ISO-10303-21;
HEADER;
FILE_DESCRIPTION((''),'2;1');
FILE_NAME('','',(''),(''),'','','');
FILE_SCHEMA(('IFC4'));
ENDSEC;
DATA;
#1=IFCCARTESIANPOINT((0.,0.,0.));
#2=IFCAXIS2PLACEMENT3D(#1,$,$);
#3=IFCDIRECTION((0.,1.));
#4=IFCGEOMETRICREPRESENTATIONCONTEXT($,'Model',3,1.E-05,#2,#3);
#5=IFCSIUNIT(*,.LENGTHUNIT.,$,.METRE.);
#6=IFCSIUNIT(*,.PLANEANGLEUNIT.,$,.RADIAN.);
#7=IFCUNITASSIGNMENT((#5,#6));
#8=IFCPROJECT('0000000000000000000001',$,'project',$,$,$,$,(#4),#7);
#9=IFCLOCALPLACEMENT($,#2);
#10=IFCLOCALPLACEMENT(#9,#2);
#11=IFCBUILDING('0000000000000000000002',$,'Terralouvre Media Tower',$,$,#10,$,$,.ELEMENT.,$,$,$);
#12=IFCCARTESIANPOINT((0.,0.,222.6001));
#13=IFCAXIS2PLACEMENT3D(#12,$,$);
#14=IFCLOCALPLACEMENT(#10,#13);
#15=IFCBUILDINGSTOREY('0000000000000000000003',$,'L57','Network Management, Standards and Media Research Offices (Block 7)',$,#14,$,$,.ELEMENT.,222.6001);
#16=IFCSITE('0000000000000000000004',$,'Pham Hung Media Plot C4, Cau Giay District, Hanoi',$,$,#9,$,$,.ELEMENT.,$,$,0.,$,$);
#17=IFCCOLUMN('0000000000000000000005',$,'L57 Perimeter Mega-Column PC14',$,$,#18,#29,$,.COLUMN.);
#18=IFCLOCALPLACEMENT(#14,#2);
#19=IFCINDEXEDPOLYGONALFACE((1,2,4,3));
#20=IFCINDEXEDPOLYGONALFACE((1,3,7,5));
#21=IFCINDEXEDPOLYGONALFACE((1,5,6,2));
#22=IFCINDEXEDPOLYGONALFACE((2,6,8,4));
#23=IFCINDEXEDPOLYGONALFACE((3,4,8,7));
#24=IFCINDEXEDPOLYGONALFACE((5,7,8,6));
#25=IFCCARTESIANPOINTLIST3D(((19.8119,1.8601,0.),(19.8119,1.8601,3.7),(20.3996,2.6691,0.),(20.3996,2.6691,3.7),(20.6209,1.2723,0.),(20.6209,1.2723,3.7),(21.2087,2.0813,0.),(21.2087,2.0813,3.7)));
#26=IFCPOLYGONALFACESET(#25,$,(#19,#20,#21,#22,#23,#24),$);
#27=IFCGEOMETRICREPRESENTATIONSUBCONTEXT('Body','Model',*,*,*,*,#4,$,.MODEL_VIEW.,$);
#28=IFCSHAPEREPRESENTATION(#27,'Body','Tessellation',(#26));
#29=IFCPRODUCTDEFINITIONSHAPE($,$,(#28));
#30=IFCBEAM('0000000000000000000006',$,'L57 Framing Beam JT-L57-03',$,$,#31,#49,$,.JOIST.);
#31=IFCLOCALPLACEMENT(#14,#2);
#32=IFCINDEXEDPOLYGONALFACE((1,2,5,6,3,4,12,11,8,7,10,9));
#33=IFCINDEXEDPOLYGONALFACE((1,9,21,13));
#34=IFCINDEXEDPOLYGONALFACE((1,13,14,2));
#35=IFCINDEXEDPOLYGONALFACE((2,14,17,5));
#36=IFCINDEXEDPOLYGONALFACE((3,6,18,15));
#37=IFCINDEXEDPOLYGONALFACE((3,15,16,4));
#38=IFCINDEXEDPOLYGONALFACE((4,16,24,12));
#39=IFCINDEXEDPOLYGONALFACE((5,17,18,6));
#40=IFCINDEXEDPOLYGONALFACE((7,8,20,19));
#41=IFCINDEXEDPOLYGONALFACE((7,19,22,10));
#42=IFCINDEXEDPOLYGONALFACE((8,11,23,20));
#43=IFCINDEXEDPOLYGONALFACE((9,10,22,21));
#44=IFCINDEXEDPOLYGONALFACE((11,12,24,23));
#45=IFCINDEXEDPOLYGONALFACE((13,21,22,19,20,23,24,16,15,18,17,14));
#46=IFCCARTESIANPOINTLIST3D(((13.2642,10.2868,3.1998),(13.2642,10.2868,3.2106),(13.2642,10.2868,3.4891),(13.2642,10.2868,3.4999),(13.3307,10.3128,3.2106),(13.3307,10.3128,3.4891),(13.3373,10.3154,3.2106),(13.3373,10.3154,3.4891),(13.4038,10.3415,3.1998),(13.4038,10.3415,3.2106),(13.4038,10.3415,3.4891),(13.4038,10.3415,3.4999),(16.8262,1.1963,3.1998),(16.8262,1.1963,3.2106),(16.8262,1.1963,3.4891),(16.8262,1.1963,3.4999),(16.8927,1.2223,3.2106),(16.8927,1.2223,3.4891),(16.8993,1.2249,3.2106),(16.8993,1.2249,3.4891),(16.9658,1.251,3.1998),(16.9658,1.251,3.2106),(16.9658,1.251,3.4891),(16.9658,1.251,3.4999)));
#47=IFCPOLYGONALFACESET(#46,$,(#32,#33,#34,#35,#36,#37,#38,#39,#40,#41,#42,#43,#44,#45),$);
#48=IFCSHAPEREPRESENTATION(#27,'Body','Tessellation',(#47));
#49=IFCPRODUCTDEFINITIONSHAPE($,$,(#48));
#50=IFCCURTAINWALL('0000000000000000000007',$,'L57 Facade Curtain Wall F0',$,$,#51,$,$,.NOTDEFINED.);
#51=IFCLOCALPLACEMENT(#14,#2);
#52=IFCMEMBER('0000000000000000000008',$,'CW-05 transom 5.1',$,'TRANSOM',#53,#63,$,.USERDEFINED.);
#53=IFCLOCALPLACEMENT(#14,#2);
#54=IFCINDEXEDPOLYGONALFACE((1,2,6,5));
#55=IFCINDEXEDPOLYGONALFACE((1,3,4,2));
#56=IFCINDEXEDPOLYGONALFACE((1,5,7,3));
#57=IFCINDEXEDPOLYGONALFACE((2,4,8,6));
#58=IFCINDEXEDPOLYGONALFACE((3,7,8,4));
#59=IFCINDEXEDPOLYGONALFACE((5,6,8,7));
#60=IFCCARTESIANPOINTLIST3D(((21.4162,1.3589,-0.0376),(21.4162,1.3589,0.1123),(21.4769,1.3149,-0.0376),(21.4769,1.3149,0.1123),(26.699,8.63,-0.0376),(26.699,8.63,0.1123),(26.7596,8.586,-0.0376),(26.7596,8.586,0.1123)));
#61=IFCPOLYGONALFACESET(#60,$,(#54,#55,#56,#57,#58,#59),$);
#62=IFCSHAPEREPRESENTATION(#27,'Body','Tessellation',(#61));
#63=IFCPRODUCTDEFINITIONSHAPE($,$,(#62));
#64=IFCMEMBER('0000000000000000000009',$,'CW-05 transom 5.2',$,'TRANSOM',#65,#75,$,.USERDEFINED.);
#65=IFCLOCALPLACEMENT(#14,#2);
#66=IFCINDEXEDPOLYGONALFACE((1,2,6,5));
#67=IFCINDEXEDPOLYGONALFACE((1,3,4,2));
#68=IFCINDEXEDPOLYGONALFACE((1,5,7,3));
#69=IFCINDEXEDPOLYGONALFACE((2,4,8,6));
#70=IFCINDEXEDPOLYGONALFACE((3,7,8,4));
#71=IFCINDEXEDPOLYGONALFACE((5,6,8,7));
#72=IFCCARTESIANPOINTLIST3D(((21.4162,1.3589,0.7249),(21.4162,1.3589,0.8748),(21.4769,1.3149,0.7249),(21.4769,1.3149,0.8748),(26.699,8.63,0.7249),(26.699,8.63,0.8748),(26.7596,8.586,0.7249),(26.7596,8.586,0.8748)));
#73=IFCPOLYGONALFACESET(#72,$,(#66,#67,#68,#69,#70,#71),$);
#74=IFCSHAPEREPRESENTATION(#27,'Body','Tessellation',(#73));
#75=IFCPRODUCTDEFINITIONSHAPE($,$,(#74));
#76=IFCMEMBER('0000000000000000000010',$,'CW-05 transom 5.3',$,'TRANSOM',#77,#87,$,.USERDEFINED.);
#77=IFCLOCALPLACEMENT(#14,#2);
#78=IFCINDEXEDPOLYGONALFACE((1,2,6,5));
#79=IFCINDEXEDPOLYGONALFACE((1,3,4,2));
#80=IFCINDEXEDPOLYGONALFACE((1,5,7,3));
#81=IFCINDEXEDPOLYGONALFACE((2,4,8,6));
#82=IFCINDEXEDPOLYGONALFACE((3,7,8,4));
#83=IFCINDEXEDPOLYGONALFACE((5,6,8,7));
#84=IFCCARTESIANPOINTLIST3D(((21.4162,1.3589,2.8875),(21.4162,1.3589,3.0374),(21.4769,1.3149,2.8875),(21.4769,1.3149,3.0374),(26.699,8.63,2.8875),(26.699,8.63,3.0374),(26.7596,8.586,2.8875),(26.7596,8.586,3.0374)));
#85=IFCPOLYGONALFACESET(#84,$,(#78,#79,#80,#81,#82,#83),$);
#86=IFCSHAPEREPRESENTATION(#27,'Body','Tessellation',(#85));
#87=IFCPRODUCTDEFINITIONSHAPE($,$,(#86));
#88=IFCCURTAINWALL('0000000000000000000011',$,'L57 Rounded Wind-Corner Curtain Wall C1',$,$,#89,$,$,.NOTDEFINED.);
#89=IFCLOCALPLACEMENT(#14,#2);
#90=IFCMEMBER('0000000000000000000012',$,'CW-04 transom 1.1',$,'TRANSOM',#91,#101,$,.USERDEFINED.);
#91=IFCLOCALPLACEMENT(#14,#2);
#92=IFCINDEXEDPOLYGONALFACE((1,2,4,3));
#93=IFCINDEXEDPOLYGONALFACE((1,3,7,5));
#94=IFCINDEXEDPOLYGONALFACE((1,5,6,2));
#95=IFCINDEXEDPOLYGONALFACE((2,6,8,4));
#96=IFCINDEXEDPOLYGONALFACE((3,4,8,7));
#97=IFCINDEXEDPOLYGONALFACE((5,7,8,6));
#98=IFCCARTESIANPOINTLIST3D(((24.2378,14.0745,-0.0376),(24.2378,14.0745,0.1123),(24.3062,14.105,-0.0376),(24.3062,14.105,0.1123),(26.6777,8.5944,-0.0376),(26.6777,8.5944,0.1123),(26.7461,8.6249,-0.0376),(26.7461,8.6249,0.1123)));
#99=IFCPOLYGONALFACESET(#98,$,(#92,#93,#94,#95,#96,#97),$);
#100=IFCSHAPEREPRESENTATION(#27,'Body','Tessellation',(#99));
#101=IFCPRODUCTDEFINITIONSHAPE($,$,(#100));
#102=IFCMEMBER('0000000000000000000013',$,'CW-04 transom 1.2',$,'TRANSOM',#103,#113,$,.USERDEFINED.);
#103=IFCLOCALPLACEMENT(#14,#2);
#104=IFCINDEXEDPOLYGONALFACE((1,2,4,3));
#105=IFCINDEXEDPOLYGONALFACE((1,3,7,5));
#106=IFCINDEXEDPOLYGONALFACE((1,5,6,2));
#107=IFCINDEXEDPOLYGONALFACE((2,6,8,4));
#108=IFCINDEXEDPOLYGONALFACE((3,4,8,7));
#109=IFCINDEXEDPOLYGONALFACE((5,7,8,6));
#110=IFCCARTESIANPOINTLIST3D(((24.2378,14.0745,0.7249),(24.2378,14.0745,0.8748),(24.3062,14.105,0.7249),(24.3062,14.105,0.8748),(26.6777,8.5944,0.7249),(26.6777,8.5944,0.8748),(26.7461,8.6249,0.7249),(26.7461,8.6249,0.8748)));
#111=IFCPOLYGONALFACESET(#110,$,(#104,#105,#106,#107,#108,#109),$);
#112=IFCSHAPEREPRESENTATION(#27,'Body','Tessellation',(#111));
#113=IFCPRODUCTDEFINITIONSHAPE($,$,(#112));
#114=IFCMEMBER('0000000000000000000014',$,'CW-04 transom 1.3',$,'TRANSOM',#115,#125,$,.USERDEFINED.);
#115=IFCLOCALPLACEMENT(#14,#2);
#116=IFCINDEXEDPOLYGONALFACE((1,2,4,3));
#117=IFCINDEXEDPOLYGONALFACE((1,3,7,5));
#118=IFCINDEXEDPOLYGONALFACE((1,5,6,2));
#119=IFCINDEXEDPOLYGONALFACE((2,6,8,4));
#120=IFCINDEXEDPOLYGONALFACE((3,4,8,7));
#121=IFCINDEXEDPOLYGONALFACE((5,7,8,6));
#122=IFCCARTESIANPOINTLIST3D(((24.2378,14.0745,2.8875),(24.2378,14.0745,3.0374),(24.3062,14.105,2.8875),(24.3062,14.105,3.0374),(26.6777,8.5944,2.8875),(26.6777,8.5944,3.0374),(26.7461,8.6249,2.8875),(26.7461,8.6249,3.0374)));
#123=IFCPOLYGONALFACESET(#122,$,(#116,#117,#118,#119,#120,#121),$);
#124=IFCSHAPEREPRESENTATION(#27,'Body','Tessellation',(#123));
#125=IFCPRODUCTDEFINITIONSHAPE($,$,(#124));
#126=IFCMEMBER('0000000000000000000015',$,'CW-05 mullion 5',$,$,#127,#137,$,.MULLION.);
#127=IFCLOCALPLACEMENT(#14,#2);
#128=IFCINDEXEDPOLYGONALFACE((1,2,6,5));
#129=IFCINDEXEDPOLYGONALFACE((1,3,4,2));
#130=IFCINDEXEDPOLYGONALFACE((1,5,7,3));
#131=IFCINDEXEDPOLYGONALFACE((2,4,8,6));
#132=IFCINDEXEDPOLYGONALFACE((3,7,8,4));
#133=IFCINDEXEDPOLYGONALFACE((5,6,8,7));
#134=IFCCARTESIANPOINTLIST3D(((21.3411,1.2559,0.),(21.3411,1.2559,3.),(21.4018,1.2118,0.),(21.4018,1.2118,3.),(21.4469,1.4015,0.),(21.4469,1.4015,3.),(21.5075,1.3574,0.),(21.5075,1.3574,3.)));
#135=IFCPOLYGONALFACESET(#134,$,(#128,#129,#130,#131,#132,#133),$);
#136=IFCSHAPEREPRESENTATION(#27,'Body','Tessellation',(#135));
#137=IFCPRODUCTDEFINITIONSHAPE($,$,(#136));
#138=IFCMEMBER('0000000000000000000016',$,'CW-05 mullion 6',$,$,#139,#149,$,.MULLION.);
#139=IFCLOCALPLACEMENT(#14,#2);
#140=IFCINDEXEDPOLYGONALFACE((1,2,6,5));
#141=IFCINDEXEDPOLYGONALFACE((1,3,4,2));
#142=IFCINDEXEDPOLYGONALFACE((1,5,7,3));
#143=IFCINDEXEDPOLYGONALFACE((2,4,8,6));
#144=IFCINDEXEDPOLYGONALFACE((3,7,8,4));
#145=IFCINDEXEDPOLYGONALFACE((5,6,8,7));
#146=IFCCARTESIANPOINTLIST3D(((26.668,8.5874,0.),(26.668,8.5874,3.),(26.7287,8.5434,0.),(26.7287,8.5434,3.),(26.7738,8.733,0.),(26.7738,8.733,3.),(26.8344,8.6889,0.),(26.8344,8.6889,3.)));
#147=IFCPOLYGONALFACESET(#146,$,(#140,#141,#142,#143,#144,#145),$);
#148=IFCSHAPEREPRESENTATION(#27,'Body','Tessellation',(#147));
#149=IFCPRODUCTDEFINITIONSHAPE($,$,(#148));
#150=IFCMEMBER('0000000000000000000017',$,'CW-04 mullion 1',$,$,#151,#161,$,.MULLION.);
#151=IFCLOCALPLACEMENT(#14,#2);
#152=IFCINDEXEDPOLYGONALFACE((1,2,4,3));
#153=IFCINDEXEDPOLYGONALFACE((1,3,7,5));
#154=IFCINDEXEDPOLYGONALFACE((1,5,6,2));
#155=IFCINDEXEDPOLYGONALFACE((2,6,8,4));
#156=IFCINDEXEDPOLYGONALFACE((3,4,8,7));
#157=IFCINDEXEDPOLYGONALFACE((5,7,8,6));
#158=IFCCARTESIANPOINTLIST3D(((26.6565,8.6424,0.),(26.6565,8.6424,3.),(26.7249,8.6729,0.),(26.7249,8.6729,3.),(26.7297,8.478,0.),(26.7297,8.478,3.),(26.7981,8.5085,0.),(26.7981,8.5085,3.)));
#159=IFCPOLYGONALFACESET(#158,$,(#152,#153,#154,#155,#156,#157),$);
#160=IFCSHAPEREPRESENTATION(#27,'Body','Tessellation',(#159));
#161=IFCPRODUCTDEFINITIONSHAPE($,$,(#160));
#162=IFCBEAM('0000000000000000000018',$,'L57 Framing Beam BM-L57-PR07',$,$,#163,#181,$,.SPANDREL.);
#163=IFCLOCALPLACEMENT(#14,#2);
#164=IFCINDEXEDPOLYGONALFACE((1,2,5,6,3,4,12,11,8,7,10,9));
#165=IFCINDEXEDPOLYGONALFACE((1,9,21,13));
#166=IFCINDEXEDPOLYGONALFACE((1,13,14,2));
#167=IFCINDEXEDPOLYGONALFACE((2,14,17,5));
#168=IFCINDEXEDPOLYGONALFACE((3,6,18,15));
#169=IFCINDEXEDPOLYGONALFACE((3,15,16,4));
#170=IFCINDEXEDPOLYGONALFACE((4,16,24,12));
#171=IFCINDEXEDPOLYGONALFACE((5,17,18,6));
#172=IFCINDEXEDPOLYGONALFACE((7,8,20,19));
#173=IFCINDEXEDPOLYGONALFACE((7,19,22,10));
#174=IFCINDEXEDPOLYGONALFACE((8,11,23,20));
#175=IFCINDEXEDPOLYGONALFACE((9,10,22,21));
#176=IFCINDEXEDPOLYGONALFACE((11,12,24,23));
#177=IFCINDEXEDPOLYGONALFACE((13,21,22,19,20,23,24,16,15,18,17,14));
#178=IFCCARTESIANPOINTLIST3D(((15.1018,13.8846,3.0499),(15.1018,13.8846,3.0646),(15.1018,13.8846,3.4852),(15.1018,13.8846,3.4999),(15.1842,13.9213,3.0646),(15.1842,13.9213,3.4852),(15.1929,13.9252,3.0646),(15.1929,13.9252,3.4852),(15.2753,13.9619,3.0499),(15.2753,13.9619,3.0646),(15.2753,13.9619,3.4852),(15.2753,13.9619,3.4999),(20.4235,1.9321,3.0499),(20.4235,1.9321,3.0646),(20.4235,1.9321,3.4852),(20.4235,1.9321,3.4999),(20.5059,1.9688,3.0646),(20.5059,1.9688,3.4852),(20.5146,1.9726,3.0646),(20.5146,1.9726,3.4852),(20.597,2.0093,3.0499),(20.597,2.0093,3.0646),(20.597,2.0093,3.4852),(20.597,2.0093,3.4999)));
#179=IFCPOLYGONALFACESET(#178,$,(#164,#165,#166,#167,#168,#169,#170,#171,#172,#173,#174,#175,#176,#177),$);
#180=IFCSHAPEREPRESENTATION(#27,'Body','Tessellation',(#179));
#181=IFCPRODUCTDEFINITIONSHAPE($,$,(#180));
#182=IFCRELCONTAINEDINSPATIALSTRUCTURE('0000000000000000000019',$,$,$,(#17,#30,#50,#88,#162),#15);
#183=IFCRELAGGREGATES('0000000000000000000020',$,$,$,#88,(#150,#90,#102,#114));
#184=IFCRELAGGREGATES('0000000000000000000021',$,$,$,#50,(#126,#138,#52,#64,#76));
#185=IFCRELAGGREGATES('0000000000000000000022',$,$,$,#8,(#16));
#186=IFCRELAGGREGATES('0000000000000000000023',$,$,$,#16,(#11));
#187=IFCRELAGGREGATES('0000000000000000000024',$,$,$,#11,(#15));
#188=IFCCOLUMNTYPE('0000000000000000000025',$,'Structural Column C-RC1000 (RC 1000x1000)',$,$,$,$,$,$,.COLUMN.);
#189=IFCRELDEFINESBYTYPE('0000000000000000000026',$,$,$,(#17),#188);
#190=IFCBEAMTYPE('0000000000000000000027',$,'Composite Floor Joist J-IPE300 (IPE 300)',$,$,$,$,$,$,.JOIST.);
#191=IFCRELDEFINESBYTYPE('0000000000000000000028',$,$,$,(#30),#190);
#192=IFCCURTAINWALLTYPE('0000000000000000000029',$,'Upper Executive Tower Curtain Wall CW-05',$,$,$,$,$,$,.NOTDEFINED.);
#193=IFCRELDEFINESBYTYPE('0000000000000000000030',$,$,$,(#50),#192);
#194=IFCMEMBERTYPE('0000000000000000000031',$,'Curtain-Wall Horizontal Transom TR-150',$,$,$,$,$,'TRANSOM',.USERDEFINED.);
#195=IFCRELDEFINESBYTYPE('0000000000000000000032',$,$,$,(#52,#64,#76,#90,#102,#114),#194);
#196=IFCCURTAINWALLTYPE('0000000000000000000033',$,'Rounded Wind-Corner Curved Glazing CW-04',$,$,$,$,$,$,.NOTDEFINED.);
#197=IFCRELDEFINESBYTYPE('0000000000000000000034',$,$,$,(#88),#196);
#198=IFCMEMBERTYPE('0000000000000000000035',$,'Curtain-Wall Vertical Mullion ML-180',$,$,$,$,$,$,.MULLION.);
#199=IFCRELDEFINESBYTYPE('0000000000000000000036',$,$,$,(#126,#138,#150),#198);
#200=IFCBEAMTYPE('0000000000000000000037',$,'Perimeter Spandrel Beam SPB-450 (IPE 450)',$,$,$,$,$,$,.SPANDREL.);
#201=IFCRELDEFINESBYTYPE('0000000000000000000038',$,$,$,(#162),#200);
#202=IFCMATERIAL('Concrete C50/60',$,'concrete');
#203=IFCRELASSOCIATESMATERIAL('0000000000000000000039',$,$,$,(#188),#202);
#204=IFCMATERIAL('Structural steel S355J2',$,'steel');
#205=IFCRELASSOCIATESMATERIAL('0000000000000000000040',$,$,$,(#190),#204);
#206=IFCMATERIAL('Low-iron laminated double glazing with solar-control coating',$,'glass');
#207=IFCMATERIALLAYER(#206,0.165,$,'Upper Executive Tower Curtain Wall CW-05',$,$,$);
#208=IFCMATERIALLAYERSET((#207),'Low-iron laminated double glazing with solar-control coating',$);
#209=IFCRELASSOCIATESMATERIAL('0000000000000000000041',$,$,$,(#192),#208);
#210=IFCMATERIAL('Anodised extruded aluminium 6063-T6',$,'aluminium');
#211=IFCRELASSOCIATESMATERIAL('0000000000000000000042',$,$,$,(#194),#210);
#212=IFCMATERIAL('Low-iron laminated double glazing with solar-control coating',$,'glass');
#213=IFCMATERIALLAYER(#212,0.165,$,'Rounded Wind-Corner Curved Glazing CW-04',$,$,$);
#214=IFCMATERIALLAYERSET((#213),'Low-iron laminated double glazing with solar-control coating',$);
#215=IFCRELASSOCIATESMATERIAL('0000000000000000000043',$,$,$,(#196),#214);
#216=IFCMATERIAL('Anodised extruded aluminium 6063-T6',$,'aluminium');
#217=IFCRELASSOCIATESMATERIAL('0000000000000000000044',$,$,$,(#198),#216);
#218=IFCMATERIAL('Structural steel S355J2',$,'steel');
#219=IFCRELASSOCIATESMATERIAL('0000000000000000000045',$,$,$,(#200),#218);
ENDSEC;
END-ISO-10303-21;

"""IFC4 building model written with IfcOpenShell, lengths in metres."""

from ifc_helpers import new_model, si_unit, direction, frame, origin, origin_2d, place, context, subcontext, project, spatial, rectangle, i_section, extrude, material, layer, layer_set, material_profile, profile_set, type_object, element, aggregate, save


model = new_model("IFC4")

# Units and contexts
model_context = context("Model", 3, precision=1e-05, world=origin(), true_north=direction((0.0, 1.0)))
body_context = subcontext(model_context, "Body", "Model", "MODEL_VIEW")
ifc_project = project(units=[si_unit("LENGTHUNIT", "METRE"), si_unit("PLANEANGLEUNIT", "RADIAN")], contexts=[model_context])

# Site, building, storey
site_placement = place(None, origin())
site = spatial("IfcSite", under=ifc_project, at=site_placement, Name="Pham Hung Media Plot C4, Cau Giay District, Hanoi", CompositionType="ELEMENT", RefElevation=0.0)
building_placement = place(site_placement, origin())
building = spatial("IfcBuilding", under=site, at=building_placement, Name="Terralouvre Media Tower", CompositionType="ELEMENT")
storey_placement = place(building_placement, frame((0.0, 0.0, 222.6001)))
storey = spatial("IfcBuildingStorey", under=building, at=storey_placement, Name="L57", Description="Network Management, Standards and Media Research Offices (Block 7)", CompositionType="ELEMENT", Elevation=222.6001)

# Column
ifc_material_1 = material(Name="Concrete C50/60", Category="concrete")
ifc_material_profile_1 = material_profile(ifc_material_1, rectangle(XDim=1.0, YDim=1.0, at=origin_2d()), Name="RC 1000x1000")
ifc_profile_set_1 = profile_set([ifc_material_profile_1], Name="Concrete C50/60")
column_type = type_object("IfcColumnType", Name="Structural Column C-RC1000 (RC 1000x1000)", PredefinedType="COLUMN", material=ifc_profile_set_1)
column_placement = place(storey_placement, frame((20.5103, 1.9707, 0.0), z_axis=(0.0, 0.0, 1.0), x_axis=(0.587785, 0.809017, 0.0)))
element("IfcColumn", 1, at=column_placement, inside=storey, type_object=column_type, Name="L57 Perimeter Mega-Column PC14", PredefinedType="COLUMN", context=body_context, shape_type="SweptSolid", body=[
    extrude(rectangle(XDim=1.0, YDim=1.0, at=origin_2d()), origin(), (0.0, 0.0, 1.0), 3.7),
])

# Beam
ifc_material_2 = material(Name="Structural steel S355J2", Category="steel")
ifc_material_profile_2 = material_profile(ifc_material_2, i_section(OverallWidth=0.1499, OverallDepth=0.3, WebThickness=0.0071, FlangeThickness=0.0107, at=origin_2d()), Name="IPE 300")
ifc_profile_set_2 = profile_set([ifc_material_profile_2], Name="Structural steel S355J2")
beam_type_1 = type_object("IfcBeamType", Name="Composite Floor Joist J-IPE300 (IPE 300)", PredefinedType="JOIST", material=ifc_profile_set_2)
beam_1_placement = place(storey_placement, frame((16.896, 1.2236, 3.3499), z_axis=(-0.364828, 0.931075, 0.0), x_axis=(-0.931075, -0.364828, 0.0)))
element("IfcBeam", 2, at=beam_1_placement, inside=storey, type_object=beam_type_1, Name="L57 Framing Beam JT-L57-03", PredefinedType="JOIST", context=body_context, shape_type="SweptSolid", body=[
    extrude(i_section(OverallWidth=0.1499, OverallDepth=0.3, WebThickness=0.0071, FlangeThickness=0.0107, at=origin_2d()), origin(), (0.0, 0.0, 1.0), 9.7634),
])

# Curtain walls, members
ifc_material_3 = material(Name="Low-iron laminated double glazing with solar-control coating", Category="glass")
ifc_layer_1 = layer(ifc_material_3, 0.165, Name="Upper Executive Tower Curtain Wall CW-05")
ifc_layer_set_1 = layer_set([ifc_layer_1], Name="Low-iron laminated double glazing with solar-control coating")
curtain_wall_type_1 = type_object("IfcCurtainWallType", Name="Upper Executive Tower Curtain Wall CW-05", PredefinedType="NOTDEFINED", material=ifc_layer_set_1)
curtain_wall_1_placement = place(storey_placement, origin())
curtain_wall_1 = element("IfcCurtainWall", 3, at=curtain_wall_1_placement, inside=storey, type_object=curtain_wall_type_1, Name="L57 Facade Curtain Wall F0", PredefinedType="NOTDEFINED")
ifc_material_4 = material(Name="Anodised extruded aluminium 6063-T6", Category="aluminium")
ifc_material_profile_3 = material_profile(ifc_material_4, rectangle(XDim=0.075, YDim=0.1499, at=origin_2d()), Name="ALU 75x150")
ifc_profile_set_3 = profile_set([ifc_material_profile_3], Name="Anodised extruded aluminium 6063-T6")
member_type_1 = type_object("IfcMemberType", Name="Curtain-Wall Horizontal Transom TR-150", ElementType="TRANSOM", PredefinedType="USERDEFINED", material=ifc_profile_set_3)
member_1_placement = place(storey_placement, frame((21.4465, 1.3369, 0.0374), z_axis=(0.587787, 0.809016, 0.0), x_axis=(-0.809016, 0.587787, 0.0)))
member_1 = element("IfcMember", 4, at=member_1_placement, type_object=member_type_1, Name="CW-05 transom 5.1", ObjectType="TRANSOM", PredefinedType="USERDEFINED", context=body_context, shape_type="SweptSolid", body=[
    extrude(rectangle(XDim=0.075, YDim=0.1499, at=origin_2d()), origin(), (0.0, 0.0, 1.0), 8.9875),
])
member_2_placement = place(storey_placement, frame((21.4465, 1.3369, 0.7998), z_axis=(0.587787, 0.809016, 0.0), x_axis=(-0.809016, 0.587787, 0.0)))
member_2 = element("IfcMember", 5, at=member_2_placement, type_object=member_type_1, Name="CW-05 transom 5.2", ObjectType="TRANSOM", PredefinedType="USERDEFINED", context=body_context, shape_type="SweptSolid", body=[
    extrude(rectangle(XDim=0.075, YDim=0.1499, at=origin_2d()), origin(), (0.0, 0.0, 1.0), 8.9875),
])
member_3_placement = place(storey_placement, frame((21.4465, 1.3369, 2.9624), z_axis=(0.587787, 0.809016, 0.0), x_axis=(-0.809016, 0.587787, 0.0)))
member_3 = element("IfcMember", 6, at=member_3_placement, type_object=member_type_1, Name="CW-05 transom 5.3", ObjectType="TRANSOM", PredefinedType="USERDEFINED", context=body_context, shape_type="SweptSolid", body=[
    extrude(rectangle(XDim=0.075, YDim=0.1499, at=origin_2d()), origin(), (0.0, 0.0, 1.0), 8.9875),
])
ifc_material_5 = material(Name="Low-iron laminated double glazing with solar-control coating", Category="glass")
ifc_layer_2 = layer(ifc_material_5, 0.165, Name="Rounded Wind-Corner Curved Glazing CW-04")
ifc_layer_set_2 = layer_set([ifc_layer_2], Name="Low-iron laminated double glazing with solar-control coating")
curtain_wall_type_2 = type_object("IfcCurtainWallType", Name="Rounded Wind-Corner Curved Glazing CW-04", PredefinedType="NOTDEFINED", material=ifc_layer_set_2)
curtain_wall_2_placement = place(storey_placement, origin())
curtain_wall_2 = element("IfcCurtainWall", 7, at=curtain_wall_2_placement, inside=storey, type_object=curtain_wall_type_2, Name="L57 Rounded Wind-Corner Curtain Wall C1", PredefinedType="NOTDEFINED")
member_4_placement = place(storey_placement, frame((26.7119, 8.6096, 0.0374), z_axis=(-0.406735, 0.913546, 0.0), x_axis=(-0.913546, -0.406735, 0.0)))
member_4 = element("IfcMember", 8, at=member_4_placement, type_object=member_type_1, Name="CW-04 transom 1.1", ObjectType="TRANSOM", PredefinedType="USERDEFINED", context=body_context, shape_type="SweptSolid", body=[
    extrude(rectangle(XDim=0.075, YDim=0.1499, at=origin_2d()), origin(), (0.0, 0.0, 1.0), 5.9988),
])
member_5_placement = place(storey_placement, frame((26.7119, 8.6096, 0.7998), z_axis=(-0.406735, 0.913546, 0.0), x_axis=(-0.913546, -0.406735, 0.0)))
member_5 = element("IfcMember", 9, at=member_5_placement, type_object=member_type_1, Name="CW-04 transom 1.2", ObjectType="TRANSOM", PredefinedType="USERDEFINED", context=body_context, shape_type="SweptSolid", body=[
    extrude(rectangle(XDim=0.075, YDim=0.1499, at=origin_2d()), origin(), (0.0, 0.0, 1.0), 5.9988),
])
member_6_placement = place(storey_placement, frame((26.7119, 8.6096, 2.9624), z_axis=(-0.406735, 0.913546, 0.0), x_axis=(-0.913546, -0.406735, 0.0)))
member_6 = element("IfcMember", 10, at=member_6_placement, type_object=member_type_1, Name="CW-04 transom 1.3", ObjectType="TRANSOM", PredefinedType="USERDEFINED", context=body_context, shape_type="SweptSolid", body=[
    extrude(rectangle(XDim=0.075, YDim=0.1499, at=origin_2d()), origin(), (0.0, 0.0, 1.0), 5.9988),
])

# Members
ifc_material_6 = material(Name="Anodised extruded aluminium 6063-T6", Category="aluminium")
ifc_material_profile_4 = material_profile(ifc_material_6, rectangle(XDim=0.075, YDim=0.1799, at=origin_2d()), Name="ALU 75x180")
ifc_profile_set_4 = profile_set([ifc_material_profile_4], Name="Anodised extruded aluminium 6063-T6")
member_type_2 = type_object("IfcMemberType", Name="Curtain-Wall Vertical Mullion ML-180", PredefinedType="MULLION", material=ifc_profile_set_4)
member_7_placement = place(storey_placement, frame((21.4243, 1.3066, 0.0), z_axis=(0.0, 0.0, 1.0), x_axis=(-0.809017, 0.587785, 0.0)))
member_7 = element("IfcMember", 11, at=member_7_placement, type_object=member_type_2, Name="CW-05 mullion 5", PredefinedType="MULLION", context=body_context, shape_type="SweptSolid", body=[
    extrude(rectangle(XDim=0.075, YDim=0.1799, at=origin_2d()), origin(), (0.0, 0.0, 1.0), 3.0),
])
member_8_placement = place(storey_placement, frame((26.7512, 8.6382, 0.0), z_axis=(0.0, 0.0, 1.0), x_axis=(-0.809017, 0.587785, 0.0)))
member_8 = element("IfcMember", 12, at=member_8_placement, type_object=member_type_2, Name="CW-05 mullion 6", PredefinedType="MULLION", context=body_context, shape_type="SweptSolid", body=[
    extrude(rectangle(XDim=0.075, YDim=0.1799, at=origin_2d()), origin(), (0.0, 0.0, 1.0), 3.0),
])
member_9_placement = place(storey_placement, frame((26.7273, 8.5754, 0.0), z_axis=(0.0, 0.0, 1.0), x_axis=(-0.913545, -0.406737, 0.0)))
member_9 = element("IfcMember", 13, at=member_9_placement, type_object=member_type_2, Name="CW-04 mullion 1", PredefinedType="MULLION", context=body_context, shape_type="SweptSolid", body=[
    extrude(rectangle(XDim=0.075, YDim=0.1799, at=origin_2d()), origin(), (0.0, 0.0, 1.0), 3.0),
])
aggregate(curtain_wall_2, [member_9, member_4, member_5, member_6])

# Beam
ifc_material_7 = material(Name="Structural steel S355J2", Category="steel")
ifc_material_profile_5 = material_profile(ifc_material_7, i_section(OverallWidth=0.1899, OverallDepth=0.45, WebThickness=0.0095, FlangeThickness=0.0146, at=origin_2d()), Name="IPE 450")
ifc_profile_set_5 = profile_set([ifc_material_profile_5], Name="Structural steel S355J2")
beam_type_2 = type_object("IfcBeamType", Name="Perimeter Spandrel Beam SPB-450 (IPE 450)", PredefinedType="SPANDREL", material=ifc_profile_set_5)
beam_2_placement = place(storey_placement, frame((20.5103, 1.9707, 3.2749), z_axis=(-0.406744, 0.913542, 0.0), x_axis=(-0.913542, -0.406744, 0.0)))
element("IfcBeam", 14, at=beam_2_placement, inside=storey, type_object=beam_type_2, Name="L57 Framing Beam BM-L57-PR07", PredefinedType="SPANDREL", context=body_context, shape_type="SweptSolid", body=[
    extrude(i_section(OverallWidth=0.1899, OverallDepth=0.45, WebThickness=0.0095, FlangeThickness=0.0146, at=origin_2d()), origin(), (0.0, 0.0, 1.0), 13.0837),
])

aggregate(curtain_wall_1, [member_7, member_8, member_1, member_2, member_3])

save(model, "model.ifc")
